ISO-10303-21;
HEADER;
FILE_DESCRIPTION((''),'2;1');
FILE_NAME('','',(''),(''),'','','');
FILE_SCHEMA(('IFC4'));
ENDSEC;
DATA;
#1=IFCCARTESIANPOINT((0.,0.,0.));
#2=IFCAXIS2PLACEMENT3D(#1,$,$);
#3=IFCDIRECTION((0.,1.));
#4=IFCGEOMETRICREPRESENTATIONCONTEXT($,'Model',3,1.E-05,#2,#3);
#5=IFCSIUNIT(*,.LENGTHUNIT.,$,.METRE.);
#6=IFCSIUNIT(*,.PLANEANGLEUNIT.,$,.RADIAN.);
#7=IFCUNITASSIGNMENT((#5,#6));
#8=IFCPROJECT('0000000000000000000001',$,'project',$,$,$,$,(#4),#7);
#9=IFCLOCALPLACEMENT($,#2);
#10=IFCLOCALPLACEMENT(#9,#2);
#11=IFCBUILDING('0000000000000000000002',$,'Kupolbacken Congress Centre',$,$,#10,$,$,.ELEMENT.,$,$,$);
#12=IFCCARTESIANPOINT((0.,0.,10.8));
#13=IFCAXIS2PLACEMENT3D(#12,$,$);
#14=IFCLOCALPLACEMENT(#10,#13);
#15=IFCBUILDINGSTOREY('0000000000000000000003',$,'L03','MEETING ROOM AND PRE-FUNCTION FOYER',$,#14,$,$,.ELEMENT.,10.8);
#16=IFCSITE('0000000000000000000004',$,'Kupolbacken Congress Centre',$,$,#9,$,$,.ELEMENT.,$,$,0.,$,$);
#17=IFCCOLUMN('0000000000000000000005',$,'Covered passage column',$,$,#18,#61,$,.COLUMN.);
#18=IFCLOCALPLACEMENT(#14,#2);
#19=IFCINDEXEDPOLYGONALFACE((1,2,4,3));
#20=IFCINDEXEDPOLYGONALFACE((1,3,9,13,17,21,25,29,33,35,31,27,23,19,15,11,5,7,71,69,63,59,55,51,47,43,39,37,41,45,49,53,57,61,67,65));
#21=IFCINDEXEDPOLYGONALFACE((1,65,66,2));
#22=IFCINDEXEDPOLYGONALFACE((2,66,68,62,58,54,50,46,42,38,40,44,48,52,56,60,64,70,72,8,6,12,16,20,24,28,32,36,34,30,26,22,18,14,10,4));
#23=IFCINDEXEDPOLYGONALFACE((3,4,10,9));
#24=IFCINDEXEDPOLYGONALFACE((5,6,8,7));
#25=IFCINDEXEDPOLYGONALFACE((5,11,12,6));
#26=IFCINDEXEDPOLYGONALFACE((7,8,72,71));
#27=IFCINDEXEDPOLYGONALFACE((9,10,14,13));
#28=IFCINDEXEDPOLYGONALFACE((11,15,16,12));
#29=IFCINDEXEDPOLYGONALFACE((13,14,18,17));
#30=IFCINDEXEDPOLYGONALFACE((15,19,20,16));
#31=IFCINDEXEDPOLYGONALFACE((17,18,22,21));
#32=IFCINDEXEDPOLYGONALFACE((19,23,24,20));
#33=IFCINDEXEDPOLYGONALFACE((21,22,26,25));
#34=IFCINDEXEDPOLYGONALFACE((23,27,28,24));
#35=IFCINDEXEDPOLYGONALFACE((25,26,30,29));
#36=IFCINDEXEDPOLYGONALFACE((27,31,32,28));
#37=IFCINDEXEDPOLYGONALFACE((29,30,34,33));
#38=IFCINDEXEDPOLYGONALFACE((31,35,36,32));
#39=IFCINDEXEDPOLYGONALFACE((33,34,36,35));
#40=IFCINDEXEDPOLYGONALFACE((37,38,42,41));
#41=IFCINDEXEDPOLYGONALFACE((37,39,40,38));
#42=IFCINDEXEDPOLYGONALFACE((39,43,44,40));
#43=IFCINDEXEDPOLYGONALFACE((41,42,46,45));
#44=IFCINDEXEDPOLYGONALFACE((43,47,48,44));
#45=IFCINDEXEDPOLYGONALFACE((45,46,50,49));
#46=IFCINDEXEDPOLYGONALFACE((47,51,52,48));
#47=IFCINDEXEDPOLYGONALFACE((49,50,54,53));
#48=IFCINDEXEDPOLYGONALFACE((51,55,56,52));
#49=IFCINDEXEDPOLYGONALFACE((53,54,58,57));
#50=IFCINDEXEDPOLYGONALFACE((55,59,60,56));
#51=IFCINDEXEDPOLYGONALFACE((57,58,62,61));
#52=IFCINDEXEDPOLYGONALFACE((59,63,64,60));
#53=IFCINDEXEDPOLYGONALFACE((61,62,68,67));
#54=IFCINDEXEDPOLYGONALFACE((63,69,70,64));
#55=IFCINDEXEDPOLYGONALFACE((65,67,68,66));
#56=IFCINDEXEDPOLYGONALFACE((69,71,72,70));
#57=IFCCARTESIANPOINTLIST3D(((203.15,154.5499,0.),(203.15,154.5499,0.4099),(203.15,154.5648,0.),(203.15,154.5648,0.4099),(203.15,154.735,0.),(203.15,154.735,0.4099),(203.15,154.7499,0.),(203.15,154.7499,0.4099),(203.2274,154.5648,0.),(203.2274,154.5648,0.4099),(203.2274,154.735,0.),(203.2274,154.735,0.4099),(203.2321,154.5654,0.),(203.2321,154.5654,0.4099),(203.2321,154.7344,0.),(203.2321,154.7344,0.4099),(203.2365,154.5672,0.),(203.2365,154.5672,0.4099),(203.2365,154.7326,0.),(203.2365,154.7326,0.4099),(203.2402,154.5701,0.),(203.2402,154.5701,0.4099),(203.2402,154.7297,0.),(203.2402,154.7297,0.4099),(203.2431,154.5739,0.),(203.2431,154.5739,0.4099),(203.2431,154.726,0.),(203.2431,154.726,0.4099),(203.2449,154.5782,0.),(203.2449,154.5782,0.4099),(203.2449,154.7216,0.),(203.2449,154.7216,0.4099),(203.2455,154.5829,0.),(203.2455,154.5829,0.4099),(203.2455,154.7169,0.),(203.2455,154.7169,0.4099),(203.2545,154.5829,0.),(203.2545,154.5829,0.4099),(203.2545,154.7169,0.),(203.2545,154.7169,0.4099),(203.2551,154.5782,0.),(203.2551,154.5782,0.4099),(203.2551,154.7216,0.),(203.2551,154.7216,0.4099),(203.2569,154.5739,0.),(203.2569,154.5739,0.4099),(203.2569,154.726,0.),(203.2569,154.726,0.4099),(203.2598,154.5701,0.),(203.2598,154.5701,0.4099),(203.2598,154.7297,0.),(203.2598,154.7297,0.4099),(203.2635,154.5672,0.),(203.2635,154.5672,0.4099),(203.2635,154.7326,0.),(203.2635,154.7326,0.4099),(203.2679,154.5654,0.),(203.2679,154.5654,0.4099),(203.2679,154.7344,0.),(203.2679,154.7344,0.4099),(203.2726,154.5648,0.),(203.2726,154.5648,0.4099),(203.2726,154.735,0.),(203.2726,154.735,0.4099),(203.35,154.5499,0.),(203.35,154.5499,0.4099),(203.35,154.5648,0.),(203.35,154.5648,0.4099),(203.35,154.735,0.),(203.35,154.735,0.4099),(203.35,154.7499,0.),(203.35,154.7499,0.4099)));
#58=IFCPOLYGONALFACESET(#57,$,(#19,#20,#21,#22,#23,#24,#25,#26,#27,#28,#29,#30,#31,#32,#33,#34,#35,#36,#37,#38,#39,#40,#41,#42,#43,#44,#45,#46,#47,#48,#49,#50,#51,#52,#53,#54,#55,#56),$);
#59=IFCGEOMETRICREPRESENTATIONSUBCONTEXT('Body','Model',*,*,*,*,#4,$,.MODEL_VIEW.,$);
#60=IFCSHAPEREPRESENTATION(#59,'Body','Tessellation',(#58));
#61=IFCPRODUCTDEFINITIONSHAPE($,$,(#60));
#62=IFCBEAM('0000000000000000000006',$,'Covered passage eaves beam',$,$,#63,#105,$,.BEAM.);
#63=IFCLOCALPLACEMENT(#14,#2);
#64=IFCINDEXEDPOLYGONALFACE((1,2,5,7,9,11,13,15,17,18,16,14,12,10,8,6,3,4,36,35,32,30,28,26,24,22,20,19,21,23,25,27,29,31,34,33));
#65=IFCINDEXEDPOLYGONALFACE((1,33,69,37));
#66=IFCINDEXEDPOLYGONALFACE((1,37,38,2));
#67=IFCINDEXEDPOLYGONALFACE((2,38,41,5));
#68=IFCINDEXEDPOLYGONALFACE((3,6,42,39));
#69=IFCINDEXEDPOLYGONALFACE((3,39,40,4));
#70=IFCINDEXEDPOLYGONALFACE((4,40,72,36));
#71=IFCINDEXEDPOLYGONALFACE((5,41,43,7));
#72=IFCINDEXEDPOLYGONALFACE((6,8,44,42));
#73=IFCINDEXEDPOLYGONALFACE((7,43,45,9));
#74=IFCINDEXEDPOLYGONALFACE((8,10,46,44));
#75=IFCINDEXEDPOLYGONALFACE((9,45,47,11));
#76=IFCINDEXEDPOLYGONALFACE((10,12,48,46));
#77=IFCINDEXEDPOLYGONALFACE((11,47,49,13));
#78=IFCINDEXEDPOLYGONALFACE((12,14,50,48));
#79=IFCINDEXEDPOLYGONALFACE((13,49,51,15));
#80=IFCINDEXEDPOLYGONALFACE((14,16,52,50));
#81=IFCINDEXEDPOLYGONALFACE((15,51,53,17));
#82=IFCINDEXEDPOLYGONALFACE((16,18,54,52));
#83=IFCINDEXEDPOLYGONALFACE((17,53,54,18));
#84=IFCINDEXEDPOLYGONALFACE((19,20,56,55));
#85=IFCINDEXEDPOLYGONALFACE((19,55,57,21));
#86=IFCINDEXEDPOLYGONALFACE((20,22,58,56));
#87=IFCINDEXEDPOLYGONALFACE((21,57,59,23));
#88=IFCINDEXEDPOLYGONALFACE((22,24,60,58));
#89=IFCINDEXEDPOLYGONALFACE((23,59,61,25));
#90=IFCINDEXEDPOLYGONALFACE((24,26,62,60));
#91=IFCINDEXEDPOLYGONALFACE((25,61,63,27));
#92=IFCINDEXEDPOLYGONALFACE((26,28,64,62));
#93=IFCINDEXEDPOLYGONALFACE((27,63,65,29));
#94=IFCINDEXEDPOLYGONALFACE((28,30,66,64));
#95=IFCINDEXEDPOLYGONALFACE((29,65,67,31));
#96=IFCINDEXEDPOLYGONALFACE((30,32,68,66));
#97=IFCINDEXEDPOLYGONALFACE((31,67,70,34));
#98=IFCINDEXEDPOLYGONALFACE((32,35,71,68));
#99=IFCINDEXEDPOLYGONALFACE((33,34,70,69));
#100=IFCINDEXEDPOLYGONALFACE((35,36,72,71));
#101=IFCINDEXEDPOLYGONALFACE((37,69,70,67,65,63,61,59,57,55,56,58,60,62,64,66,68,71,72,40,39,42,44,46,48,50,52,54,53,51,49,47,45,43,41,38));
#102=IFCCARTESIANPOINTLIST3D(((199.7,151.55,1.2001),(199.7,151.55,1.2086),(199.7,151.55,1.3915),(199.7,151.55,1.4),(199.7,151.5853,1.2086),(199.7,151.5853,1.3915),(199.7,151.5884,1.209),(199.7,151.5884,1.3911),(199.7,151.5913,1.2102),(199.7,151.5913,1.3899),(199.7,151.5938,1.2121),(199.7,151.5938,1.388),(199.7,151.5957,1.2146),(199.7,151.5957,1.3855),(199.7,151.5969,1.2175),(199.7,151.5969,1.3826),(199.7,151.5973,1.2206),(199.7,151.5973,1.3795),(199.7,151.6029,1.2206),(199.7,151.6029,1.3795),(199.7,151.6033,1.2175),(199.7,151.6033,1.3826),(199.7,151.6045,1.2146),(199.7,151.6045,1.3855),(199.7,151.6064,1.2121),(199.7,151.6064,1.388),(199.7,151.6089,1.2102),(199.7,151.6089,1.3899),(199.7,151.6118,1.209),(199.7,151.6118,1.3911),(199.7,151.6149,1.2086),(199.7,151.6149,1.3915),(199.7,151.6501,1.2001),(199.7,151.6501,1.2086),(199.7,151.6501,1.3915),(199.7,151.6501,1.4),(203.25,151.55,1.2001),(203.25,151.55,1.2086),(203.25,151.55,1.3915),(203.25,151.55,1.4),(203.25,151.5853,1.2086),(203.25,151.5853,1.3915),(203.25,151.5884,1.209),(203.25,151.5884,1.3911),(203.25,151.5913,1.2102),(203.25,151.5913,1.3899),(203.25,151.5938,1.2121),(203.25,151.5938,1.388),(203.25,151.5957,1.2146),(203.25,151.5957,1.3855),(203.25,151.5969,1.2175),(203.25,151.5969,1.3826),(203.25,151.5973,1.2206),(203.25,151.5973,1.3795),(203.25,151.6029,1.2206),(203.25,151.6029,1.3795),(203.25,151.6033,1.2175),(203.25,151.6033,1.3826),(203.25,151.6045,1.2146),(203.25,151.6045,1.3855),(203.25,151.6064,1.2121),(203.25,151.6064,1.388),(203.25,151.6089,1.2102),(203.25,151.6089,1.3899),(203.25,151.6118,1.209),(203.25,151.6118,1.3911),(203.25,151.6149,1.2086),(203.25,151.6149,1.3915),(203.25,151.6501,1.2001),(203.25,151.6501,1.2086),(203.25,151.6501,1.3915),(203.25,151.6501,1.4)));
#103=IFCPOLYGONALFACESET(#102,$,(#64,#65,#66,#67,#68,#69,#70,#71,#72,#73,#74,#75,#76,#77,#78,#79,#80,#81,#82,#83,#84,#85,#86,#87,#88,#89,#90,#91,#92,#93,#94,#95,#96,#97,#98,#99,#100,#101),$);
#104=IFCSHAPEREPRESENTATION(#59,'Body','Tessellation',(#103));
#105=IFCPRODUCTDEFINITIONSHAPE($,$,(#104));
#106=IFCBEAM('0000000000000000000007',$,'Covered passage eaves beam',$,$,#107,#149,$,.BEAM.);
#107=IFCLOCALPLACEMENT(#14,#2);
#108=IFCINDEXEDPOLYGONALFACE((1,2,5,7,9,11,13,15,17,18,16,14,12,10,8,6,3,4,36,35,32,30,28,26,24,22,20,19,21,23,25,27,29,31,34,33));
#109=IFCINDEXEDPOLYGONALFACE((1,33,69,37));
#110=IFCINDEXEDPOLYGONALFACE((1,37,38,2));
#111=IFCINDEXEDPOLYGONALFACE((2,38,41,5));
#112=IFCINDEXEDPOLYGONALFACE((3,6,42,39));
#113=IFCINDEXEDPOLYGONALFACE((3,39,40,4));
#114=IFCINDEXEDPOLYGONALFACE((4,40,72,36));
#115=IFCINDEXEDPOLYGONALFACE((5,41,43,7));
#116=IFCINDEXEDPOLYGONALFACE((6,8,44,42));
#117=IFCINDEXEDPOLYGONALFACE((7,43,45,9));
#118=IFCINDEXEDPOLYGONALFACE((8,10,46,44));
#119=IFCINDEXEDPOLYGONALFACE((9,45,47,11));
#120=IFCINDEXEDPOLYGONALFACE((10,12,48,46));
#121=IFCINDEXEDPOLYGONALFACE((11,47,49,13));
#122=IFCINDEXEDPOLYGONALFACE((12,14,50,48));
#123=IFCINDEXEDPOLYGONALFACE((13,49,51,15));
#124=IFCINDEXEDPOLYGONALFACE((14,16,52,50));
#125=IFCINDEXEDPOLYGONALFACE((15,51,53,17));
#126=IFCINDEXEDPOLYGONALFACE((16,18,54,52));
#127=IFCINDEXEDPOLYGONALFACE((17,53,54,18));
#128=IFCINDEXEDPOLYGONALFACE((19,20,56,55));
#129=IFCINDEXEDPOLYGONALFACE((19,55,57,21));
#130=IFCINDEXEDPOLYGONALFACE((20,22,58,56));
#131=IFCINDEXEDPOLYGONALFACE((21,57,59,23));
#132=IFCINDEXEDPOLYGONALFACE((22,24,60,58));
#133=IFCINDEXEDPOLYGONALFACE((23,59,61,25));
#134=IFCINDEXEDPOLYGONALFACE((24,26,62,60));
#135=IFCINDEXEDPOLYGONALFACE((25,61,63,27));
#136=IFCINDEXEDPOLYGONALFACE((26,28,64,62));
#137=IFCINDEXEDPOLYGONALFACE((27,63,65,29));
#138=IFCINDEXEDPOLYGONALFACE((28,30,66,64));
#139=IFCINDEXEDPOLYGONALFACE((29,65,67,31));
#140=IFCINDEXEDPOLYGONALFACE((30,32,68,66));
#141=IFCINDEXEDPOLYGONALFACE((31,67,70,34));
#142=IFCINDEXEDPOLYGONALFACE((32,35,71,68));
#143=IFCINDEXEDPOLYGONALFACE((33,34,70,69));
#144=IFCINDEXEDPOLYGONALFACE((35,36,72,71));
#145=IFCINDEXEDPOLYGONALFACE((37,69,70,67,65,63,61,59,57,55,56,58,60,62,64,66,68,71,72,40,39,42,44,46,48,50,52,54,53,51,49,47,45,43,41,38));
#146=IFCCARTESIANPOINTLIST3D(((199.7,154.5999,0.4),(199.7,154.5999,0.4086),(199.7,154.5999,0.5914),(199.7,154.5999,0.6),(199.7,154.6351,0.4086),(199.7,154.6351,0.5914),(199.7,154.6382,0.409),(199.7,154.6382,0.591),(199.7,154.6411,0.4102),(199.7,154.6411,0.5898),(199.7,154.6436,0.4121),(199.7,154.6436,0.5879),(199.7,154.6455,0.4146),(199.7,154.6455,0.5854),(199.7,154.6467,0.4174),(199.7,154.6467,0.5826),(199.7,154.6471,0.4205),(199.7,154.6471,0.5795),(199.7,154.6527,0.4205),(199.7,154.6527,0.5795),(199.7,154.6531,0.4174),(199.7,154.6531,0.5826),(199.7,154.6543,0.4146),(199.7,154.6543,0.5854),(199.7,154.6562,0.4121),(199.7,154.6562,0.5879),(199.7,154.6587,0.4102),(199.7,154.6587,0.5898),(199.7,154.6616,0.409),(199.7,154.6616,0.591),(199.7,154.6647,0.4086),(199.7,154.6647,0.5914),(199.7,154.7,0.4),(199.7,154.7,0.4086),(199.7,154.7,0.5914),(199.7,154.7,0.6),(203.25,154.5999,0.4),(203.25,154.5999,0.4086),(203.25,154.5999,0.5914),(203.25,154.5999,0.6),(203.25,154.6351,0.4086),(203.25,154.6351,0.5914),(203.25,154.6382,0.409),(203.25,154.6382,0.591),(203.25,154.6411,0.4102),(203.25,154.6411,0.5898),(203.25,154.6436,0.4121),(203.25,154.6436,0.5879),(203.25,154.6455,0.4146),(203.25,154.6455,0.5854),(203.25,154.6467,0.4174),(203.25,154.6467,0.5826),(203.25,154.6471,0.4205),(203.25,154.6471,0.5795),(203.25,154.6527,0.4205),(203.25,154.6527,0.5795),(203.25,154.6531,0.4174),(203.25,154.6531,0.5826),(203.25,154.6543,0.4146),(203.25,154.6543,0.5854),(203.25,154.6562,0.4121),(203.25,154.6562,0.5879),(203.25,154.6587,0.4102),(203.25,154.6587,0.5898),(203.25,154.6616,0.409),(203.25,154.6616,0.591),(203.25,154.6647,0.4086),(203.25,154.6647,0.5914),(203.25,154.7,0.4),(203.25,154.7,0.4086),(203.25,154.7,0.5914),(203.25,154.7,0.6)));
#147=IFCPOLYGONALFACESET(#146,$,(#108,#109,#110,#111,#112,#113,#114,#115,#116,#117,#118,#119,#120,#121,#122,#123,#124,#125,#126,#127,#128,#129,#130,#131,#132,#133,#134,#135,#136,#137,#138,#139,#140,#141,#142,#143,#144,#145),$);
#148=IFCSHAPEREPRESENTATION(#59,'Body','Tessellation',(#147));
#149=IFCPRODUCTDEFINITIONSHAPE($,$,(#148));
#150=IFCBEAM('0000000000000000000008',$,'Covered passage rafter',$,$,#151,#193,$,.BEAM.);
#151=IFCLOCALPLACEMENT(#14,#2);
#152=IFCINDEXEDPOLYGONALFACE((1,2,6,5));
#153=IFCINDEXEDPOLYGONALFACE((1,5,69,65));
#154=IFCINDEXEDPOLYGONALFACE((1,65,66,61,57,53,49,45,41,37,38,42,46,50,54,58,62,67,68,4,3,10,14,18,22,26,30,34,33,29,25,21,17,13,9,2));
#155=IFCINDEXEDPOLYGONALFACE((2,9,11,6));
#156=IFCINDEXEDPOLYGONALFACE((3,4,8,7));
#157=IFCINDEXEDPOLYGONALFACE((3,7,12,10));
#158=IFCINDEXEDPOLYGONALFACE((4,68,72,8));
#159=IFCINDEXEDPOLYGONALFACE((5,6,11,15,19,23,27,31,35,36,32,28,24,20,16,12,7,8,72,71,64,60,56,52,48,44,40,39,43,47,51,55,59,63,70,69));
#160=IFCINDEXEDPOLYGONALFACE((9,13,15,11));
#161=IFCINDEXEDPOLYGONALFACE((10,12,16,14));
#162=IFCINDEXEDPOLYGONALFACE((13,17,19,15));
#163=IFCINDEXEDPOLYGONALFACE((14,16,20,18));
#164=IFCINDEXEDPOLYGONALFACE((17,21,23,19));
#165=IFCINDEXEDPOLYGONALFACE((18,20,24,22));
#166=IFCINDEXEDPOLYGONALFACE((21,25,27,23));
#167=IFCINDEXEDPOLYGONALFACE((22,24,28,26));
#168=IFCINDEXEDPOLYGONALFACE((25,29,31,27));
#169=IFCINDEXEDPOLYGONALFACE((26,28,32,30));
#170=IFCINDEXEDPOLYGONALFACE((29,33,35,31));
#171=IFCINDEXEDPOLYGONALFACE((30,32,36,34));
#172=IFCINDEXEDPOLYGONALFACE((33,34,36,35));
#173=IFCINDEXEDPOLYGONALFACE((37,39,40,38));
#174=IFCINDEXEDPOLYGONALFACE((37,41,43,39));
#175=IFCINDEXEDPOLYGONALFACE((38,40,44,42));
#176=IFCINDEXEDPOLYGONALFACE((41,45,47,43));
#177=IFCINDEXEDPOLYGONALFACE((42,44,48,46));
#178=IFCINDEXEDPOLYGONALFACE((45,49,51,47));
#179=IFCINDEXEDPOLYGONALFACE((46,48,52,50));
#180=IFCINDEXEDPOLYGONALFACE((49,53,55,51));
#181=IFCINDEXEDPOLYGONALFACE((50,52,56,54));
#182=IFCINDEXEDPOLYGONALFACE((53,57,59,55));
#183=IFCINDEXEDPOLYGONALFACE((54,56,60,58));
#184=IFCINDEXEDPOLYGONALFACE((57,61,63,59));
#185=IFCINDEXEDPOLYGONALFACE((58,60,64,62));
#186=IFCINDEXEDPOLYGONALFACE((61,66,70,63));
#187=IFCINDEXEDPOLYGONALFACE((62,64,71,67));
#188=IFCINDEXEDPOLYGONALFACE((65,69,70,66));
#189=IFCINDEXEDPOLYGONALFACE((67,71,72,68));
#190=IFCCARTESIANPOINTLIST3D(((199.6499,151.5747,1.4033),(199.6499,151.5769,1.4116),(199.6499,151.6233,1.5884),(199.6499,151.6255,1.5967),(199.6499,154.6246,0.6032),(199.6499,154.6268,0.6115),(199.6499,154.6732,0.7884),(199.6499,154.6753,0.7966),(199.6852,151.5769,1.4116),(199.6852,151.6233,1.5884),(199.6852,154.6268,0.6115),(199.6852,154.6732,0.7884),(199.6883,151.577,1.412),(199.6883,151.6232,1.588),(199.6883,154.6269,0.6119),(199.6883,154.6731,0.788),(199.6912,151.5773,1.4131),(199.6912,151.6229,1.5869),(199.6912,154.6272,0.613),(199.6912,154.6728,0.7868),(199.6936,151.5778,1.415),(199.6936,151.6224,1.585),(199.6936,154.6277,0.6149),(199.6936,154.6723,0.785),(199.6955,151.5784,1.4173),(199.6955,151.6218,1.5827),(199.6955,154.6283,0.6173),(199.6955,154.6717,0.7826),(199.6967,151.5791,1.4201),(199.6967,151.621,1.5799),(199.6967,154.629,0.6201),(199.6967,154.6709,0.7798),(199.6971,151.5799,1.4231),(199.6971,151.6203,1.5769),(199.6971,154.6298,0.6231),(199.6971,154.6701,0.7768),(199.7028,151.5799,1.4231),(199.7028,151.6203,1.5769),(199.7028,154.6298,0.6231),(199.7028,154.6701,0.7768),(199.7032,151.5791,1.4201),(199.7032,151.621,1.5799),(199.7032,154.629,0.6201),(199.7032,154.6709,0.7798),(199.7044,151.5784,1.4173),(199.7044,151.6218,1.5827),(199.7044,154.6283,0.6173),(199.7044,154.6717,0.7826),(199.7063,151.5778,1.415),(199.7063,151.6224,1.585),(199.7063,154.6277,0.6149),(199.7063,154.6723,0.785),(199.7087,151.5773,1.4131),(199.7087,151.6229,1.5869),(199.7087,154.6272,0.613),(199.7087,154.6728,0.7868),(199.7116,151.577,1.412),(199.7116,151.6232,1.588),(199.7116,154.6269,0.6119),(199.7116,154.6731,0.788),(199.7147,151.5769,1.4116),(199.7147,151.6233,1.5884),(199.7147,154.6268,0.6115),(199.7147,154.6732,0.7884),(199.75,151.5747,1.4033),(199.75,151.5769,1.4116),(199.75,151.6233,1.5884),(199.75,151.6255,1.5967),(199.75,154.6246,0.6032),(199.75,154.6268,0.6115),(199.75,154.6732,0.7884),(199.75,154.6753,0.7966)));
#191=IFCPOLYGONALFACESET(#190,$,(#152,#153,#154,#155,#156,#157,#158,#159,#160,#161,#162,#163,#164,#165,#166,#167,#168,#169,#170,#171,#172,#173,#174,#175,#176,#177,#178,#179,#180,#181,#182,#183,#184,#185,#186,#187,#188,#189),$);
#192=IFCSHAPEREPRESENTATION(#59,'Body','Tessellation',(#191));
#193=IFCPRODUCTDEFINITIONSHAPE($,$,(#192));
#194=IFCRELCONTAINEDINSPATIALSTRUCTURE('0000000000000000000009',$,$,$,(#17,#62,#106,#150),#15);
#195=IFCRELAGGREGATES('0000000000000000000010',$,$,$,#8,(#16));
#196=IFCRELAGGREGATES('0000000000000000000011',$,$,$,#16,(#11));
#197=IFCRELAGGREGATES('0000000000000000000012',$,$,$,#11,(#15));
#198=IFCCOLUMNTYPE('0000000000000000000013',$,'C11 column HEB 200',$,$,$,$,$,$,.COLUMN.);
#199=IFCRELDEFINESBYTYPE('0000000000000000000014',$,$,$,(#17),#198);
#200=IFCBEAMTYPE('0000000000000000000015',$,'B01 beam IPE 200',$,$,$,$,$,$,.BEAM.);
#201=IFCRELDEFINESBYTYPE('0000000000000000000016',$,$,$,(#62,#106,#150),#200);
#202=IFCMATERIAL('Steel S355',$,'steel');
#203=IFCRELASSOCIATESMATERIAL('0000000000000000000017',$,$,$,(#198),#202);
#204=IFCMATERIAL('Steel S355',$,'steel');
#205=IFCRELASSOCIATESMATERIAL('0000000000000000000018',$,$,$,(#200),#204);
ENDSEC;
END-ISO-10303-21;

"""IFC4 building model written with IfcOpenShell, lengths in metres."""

from ifc_helpers import new_model, si_unit, direction, frame, origin, origin_2d, place, context, subcontext, project, spatial, i_section, extrude, material, material_profile, profile_set, type_object, element, save


model = new_model("IFC4")

# Units and contexts
model_context = context("Model", 3, precision=1e-05, world=origin(), true_north=direction((0.0, 1.0)))
body_context = subcontext(model_context, "Body", "Model", "MODEL_VIEW")
ifc_project = project(units=[si_unit("LENGTHUNIT", "METRE"), si_unit("PLANEANGLEUNIT", "RADIAN")], contexts=[model_context])

# Site, building, storey
site_placement = place(None, origin())
site = spatial("IfcSite", under=ifc_project, at=site_placement, Name="Kupolbacken Congress Centre", CompositionType="ELEMENT", RefElevation=0.0)
building_placement = place(site_placement, origin())
building = spatial("IfcBuilding", under=site, at=building_placement, Name="Kupolbacken Congress Centre", CompositionType="ELEMENT")
storey_placement = place(building_placement, frame((0.0, 0.0, 10.8)))
storey = spatial("IfcBuildingStorey", under=building, at=storey_placement, Name="L03", Description="MEETING ROOM AND PRE-FUNCTION FOYER", CompositionType="ELEMENT", Elevation=10.8)

# Column
ifc_material_1 = material(Name="Steel S355", Category="steel")
ifc_material_profile_1 = material_profile(ifc_material_1, i_section(OverallWidth=0.2, OverallDepth=0.2, WebThickness=0.009, FlangeThickness=0.0149, FilletRadius=0.0181, at=origin_2d()), Name="HEB 200")
ifc_profile_set_1 = profile_set([ifc_material_profile_1], Name="Steel S355")
column_type_1 = type_object("IfcColumnType", Name="C11 column HEB 200", PredefinedType="COLUMN", material=ifc_profile_set_1)
column_1_placement = place(storey_placement, frame((203.25, 154.6499, 0.0), z_axis=(0.0, 0.0, 1.0), x_axis=(1.0, 0.0, 0.0)))
element("IfcColumn", 1, at=column_1_placement, inside=storey, type_object=column_type_1, Name="Covered passage column", PredefinedType="COLUMN", context=body_context, shape_type="SweptSolid", body=[
    extrude(i_section(OverallWidth=0.2, OverallDepth=0.2, WebThickness=0.009, FlangeThickness=0.0149, FilletRadius=0.0181, at=origin_2d()), origin(), (0.0, 0.0, 1.0), 0.4099),
])

# Beams
ifc_material_2 = material(Name="Steel S355", Category="steel")
ifc_material_profile_2 = material_profile(ifc_material_2, i_section(OverallWidth=0.1001, OverallDepth=0.2, WebThickness=0.0056, FlangeThickness=0.0085, FilletRadius=0.012, at=origin_2d()), Name="IPE 200")
ifc_profile_set_2 = profile_set([ifc_material_profile_2], Name="Steel S355")
beam_type = type_object("IfcBeamType", Name="B01 beam IPE 200", PredefinedType="BEAM", material=ifc_profile_set_2)
for number, where, z_axis, x_axis, name in (
    (2, (199.7, 151.6001, 1.3), (1.0, 0.0, 0.0), (0.0, 1.0, 0.0), "Covered passage eaves beam"),
    (3, (199.7, 154.6499, 0.5), (1.0, 0.0, 0.0), (0.0, 1.0, 0.0), "Covered passage eaves beam"),
):
    element("IfcBeam", number, at=place(storey_placement, frame(where, z_axis=z_axis, x_axis=x_axis)), inside=storey, type_object=beam_type, Name=name, PredefinedType="BEAM", context=body_context, shape_type="SweptSolid", body=[
        extrude(i_section(OverallWidth=0.1001, OverallDepth=0.2, WebThickness=0.0056, FlangeThickness=0.0085, FilletRadius=0.012, at=origin_2d()), origin(), (0.0, 0.0, 1.0), 3.55),
    ])
for number, where, z_axis, x_axis, name in (
    (4, (199.7, 151.6001, 1.5), (0.0, 0.967272, -0.253742), (-1.0, 0.0, 0.0), "Covered passage rafter"),
):
    element("IfcBeam", number, at=place(storey_placement, frame(where, z_axis=z_axis, x_axis=x_axis)), inside=storey, type_object=beam_type, Name=name, PredefinedType="BEAM", context=body_context, shape_type="SweptSolid", body=[
        extrude(i_section(OverallWidth=0.1001, OverallDepth=0.2, WebThickness=0.0056, FlangeThickness=0.0085, FilletRadius=0.012, at=origin_2d()), origin(), (0.0, 0.0, 1.0), 3.1531),
    ])

save(model, "model.ifc")
